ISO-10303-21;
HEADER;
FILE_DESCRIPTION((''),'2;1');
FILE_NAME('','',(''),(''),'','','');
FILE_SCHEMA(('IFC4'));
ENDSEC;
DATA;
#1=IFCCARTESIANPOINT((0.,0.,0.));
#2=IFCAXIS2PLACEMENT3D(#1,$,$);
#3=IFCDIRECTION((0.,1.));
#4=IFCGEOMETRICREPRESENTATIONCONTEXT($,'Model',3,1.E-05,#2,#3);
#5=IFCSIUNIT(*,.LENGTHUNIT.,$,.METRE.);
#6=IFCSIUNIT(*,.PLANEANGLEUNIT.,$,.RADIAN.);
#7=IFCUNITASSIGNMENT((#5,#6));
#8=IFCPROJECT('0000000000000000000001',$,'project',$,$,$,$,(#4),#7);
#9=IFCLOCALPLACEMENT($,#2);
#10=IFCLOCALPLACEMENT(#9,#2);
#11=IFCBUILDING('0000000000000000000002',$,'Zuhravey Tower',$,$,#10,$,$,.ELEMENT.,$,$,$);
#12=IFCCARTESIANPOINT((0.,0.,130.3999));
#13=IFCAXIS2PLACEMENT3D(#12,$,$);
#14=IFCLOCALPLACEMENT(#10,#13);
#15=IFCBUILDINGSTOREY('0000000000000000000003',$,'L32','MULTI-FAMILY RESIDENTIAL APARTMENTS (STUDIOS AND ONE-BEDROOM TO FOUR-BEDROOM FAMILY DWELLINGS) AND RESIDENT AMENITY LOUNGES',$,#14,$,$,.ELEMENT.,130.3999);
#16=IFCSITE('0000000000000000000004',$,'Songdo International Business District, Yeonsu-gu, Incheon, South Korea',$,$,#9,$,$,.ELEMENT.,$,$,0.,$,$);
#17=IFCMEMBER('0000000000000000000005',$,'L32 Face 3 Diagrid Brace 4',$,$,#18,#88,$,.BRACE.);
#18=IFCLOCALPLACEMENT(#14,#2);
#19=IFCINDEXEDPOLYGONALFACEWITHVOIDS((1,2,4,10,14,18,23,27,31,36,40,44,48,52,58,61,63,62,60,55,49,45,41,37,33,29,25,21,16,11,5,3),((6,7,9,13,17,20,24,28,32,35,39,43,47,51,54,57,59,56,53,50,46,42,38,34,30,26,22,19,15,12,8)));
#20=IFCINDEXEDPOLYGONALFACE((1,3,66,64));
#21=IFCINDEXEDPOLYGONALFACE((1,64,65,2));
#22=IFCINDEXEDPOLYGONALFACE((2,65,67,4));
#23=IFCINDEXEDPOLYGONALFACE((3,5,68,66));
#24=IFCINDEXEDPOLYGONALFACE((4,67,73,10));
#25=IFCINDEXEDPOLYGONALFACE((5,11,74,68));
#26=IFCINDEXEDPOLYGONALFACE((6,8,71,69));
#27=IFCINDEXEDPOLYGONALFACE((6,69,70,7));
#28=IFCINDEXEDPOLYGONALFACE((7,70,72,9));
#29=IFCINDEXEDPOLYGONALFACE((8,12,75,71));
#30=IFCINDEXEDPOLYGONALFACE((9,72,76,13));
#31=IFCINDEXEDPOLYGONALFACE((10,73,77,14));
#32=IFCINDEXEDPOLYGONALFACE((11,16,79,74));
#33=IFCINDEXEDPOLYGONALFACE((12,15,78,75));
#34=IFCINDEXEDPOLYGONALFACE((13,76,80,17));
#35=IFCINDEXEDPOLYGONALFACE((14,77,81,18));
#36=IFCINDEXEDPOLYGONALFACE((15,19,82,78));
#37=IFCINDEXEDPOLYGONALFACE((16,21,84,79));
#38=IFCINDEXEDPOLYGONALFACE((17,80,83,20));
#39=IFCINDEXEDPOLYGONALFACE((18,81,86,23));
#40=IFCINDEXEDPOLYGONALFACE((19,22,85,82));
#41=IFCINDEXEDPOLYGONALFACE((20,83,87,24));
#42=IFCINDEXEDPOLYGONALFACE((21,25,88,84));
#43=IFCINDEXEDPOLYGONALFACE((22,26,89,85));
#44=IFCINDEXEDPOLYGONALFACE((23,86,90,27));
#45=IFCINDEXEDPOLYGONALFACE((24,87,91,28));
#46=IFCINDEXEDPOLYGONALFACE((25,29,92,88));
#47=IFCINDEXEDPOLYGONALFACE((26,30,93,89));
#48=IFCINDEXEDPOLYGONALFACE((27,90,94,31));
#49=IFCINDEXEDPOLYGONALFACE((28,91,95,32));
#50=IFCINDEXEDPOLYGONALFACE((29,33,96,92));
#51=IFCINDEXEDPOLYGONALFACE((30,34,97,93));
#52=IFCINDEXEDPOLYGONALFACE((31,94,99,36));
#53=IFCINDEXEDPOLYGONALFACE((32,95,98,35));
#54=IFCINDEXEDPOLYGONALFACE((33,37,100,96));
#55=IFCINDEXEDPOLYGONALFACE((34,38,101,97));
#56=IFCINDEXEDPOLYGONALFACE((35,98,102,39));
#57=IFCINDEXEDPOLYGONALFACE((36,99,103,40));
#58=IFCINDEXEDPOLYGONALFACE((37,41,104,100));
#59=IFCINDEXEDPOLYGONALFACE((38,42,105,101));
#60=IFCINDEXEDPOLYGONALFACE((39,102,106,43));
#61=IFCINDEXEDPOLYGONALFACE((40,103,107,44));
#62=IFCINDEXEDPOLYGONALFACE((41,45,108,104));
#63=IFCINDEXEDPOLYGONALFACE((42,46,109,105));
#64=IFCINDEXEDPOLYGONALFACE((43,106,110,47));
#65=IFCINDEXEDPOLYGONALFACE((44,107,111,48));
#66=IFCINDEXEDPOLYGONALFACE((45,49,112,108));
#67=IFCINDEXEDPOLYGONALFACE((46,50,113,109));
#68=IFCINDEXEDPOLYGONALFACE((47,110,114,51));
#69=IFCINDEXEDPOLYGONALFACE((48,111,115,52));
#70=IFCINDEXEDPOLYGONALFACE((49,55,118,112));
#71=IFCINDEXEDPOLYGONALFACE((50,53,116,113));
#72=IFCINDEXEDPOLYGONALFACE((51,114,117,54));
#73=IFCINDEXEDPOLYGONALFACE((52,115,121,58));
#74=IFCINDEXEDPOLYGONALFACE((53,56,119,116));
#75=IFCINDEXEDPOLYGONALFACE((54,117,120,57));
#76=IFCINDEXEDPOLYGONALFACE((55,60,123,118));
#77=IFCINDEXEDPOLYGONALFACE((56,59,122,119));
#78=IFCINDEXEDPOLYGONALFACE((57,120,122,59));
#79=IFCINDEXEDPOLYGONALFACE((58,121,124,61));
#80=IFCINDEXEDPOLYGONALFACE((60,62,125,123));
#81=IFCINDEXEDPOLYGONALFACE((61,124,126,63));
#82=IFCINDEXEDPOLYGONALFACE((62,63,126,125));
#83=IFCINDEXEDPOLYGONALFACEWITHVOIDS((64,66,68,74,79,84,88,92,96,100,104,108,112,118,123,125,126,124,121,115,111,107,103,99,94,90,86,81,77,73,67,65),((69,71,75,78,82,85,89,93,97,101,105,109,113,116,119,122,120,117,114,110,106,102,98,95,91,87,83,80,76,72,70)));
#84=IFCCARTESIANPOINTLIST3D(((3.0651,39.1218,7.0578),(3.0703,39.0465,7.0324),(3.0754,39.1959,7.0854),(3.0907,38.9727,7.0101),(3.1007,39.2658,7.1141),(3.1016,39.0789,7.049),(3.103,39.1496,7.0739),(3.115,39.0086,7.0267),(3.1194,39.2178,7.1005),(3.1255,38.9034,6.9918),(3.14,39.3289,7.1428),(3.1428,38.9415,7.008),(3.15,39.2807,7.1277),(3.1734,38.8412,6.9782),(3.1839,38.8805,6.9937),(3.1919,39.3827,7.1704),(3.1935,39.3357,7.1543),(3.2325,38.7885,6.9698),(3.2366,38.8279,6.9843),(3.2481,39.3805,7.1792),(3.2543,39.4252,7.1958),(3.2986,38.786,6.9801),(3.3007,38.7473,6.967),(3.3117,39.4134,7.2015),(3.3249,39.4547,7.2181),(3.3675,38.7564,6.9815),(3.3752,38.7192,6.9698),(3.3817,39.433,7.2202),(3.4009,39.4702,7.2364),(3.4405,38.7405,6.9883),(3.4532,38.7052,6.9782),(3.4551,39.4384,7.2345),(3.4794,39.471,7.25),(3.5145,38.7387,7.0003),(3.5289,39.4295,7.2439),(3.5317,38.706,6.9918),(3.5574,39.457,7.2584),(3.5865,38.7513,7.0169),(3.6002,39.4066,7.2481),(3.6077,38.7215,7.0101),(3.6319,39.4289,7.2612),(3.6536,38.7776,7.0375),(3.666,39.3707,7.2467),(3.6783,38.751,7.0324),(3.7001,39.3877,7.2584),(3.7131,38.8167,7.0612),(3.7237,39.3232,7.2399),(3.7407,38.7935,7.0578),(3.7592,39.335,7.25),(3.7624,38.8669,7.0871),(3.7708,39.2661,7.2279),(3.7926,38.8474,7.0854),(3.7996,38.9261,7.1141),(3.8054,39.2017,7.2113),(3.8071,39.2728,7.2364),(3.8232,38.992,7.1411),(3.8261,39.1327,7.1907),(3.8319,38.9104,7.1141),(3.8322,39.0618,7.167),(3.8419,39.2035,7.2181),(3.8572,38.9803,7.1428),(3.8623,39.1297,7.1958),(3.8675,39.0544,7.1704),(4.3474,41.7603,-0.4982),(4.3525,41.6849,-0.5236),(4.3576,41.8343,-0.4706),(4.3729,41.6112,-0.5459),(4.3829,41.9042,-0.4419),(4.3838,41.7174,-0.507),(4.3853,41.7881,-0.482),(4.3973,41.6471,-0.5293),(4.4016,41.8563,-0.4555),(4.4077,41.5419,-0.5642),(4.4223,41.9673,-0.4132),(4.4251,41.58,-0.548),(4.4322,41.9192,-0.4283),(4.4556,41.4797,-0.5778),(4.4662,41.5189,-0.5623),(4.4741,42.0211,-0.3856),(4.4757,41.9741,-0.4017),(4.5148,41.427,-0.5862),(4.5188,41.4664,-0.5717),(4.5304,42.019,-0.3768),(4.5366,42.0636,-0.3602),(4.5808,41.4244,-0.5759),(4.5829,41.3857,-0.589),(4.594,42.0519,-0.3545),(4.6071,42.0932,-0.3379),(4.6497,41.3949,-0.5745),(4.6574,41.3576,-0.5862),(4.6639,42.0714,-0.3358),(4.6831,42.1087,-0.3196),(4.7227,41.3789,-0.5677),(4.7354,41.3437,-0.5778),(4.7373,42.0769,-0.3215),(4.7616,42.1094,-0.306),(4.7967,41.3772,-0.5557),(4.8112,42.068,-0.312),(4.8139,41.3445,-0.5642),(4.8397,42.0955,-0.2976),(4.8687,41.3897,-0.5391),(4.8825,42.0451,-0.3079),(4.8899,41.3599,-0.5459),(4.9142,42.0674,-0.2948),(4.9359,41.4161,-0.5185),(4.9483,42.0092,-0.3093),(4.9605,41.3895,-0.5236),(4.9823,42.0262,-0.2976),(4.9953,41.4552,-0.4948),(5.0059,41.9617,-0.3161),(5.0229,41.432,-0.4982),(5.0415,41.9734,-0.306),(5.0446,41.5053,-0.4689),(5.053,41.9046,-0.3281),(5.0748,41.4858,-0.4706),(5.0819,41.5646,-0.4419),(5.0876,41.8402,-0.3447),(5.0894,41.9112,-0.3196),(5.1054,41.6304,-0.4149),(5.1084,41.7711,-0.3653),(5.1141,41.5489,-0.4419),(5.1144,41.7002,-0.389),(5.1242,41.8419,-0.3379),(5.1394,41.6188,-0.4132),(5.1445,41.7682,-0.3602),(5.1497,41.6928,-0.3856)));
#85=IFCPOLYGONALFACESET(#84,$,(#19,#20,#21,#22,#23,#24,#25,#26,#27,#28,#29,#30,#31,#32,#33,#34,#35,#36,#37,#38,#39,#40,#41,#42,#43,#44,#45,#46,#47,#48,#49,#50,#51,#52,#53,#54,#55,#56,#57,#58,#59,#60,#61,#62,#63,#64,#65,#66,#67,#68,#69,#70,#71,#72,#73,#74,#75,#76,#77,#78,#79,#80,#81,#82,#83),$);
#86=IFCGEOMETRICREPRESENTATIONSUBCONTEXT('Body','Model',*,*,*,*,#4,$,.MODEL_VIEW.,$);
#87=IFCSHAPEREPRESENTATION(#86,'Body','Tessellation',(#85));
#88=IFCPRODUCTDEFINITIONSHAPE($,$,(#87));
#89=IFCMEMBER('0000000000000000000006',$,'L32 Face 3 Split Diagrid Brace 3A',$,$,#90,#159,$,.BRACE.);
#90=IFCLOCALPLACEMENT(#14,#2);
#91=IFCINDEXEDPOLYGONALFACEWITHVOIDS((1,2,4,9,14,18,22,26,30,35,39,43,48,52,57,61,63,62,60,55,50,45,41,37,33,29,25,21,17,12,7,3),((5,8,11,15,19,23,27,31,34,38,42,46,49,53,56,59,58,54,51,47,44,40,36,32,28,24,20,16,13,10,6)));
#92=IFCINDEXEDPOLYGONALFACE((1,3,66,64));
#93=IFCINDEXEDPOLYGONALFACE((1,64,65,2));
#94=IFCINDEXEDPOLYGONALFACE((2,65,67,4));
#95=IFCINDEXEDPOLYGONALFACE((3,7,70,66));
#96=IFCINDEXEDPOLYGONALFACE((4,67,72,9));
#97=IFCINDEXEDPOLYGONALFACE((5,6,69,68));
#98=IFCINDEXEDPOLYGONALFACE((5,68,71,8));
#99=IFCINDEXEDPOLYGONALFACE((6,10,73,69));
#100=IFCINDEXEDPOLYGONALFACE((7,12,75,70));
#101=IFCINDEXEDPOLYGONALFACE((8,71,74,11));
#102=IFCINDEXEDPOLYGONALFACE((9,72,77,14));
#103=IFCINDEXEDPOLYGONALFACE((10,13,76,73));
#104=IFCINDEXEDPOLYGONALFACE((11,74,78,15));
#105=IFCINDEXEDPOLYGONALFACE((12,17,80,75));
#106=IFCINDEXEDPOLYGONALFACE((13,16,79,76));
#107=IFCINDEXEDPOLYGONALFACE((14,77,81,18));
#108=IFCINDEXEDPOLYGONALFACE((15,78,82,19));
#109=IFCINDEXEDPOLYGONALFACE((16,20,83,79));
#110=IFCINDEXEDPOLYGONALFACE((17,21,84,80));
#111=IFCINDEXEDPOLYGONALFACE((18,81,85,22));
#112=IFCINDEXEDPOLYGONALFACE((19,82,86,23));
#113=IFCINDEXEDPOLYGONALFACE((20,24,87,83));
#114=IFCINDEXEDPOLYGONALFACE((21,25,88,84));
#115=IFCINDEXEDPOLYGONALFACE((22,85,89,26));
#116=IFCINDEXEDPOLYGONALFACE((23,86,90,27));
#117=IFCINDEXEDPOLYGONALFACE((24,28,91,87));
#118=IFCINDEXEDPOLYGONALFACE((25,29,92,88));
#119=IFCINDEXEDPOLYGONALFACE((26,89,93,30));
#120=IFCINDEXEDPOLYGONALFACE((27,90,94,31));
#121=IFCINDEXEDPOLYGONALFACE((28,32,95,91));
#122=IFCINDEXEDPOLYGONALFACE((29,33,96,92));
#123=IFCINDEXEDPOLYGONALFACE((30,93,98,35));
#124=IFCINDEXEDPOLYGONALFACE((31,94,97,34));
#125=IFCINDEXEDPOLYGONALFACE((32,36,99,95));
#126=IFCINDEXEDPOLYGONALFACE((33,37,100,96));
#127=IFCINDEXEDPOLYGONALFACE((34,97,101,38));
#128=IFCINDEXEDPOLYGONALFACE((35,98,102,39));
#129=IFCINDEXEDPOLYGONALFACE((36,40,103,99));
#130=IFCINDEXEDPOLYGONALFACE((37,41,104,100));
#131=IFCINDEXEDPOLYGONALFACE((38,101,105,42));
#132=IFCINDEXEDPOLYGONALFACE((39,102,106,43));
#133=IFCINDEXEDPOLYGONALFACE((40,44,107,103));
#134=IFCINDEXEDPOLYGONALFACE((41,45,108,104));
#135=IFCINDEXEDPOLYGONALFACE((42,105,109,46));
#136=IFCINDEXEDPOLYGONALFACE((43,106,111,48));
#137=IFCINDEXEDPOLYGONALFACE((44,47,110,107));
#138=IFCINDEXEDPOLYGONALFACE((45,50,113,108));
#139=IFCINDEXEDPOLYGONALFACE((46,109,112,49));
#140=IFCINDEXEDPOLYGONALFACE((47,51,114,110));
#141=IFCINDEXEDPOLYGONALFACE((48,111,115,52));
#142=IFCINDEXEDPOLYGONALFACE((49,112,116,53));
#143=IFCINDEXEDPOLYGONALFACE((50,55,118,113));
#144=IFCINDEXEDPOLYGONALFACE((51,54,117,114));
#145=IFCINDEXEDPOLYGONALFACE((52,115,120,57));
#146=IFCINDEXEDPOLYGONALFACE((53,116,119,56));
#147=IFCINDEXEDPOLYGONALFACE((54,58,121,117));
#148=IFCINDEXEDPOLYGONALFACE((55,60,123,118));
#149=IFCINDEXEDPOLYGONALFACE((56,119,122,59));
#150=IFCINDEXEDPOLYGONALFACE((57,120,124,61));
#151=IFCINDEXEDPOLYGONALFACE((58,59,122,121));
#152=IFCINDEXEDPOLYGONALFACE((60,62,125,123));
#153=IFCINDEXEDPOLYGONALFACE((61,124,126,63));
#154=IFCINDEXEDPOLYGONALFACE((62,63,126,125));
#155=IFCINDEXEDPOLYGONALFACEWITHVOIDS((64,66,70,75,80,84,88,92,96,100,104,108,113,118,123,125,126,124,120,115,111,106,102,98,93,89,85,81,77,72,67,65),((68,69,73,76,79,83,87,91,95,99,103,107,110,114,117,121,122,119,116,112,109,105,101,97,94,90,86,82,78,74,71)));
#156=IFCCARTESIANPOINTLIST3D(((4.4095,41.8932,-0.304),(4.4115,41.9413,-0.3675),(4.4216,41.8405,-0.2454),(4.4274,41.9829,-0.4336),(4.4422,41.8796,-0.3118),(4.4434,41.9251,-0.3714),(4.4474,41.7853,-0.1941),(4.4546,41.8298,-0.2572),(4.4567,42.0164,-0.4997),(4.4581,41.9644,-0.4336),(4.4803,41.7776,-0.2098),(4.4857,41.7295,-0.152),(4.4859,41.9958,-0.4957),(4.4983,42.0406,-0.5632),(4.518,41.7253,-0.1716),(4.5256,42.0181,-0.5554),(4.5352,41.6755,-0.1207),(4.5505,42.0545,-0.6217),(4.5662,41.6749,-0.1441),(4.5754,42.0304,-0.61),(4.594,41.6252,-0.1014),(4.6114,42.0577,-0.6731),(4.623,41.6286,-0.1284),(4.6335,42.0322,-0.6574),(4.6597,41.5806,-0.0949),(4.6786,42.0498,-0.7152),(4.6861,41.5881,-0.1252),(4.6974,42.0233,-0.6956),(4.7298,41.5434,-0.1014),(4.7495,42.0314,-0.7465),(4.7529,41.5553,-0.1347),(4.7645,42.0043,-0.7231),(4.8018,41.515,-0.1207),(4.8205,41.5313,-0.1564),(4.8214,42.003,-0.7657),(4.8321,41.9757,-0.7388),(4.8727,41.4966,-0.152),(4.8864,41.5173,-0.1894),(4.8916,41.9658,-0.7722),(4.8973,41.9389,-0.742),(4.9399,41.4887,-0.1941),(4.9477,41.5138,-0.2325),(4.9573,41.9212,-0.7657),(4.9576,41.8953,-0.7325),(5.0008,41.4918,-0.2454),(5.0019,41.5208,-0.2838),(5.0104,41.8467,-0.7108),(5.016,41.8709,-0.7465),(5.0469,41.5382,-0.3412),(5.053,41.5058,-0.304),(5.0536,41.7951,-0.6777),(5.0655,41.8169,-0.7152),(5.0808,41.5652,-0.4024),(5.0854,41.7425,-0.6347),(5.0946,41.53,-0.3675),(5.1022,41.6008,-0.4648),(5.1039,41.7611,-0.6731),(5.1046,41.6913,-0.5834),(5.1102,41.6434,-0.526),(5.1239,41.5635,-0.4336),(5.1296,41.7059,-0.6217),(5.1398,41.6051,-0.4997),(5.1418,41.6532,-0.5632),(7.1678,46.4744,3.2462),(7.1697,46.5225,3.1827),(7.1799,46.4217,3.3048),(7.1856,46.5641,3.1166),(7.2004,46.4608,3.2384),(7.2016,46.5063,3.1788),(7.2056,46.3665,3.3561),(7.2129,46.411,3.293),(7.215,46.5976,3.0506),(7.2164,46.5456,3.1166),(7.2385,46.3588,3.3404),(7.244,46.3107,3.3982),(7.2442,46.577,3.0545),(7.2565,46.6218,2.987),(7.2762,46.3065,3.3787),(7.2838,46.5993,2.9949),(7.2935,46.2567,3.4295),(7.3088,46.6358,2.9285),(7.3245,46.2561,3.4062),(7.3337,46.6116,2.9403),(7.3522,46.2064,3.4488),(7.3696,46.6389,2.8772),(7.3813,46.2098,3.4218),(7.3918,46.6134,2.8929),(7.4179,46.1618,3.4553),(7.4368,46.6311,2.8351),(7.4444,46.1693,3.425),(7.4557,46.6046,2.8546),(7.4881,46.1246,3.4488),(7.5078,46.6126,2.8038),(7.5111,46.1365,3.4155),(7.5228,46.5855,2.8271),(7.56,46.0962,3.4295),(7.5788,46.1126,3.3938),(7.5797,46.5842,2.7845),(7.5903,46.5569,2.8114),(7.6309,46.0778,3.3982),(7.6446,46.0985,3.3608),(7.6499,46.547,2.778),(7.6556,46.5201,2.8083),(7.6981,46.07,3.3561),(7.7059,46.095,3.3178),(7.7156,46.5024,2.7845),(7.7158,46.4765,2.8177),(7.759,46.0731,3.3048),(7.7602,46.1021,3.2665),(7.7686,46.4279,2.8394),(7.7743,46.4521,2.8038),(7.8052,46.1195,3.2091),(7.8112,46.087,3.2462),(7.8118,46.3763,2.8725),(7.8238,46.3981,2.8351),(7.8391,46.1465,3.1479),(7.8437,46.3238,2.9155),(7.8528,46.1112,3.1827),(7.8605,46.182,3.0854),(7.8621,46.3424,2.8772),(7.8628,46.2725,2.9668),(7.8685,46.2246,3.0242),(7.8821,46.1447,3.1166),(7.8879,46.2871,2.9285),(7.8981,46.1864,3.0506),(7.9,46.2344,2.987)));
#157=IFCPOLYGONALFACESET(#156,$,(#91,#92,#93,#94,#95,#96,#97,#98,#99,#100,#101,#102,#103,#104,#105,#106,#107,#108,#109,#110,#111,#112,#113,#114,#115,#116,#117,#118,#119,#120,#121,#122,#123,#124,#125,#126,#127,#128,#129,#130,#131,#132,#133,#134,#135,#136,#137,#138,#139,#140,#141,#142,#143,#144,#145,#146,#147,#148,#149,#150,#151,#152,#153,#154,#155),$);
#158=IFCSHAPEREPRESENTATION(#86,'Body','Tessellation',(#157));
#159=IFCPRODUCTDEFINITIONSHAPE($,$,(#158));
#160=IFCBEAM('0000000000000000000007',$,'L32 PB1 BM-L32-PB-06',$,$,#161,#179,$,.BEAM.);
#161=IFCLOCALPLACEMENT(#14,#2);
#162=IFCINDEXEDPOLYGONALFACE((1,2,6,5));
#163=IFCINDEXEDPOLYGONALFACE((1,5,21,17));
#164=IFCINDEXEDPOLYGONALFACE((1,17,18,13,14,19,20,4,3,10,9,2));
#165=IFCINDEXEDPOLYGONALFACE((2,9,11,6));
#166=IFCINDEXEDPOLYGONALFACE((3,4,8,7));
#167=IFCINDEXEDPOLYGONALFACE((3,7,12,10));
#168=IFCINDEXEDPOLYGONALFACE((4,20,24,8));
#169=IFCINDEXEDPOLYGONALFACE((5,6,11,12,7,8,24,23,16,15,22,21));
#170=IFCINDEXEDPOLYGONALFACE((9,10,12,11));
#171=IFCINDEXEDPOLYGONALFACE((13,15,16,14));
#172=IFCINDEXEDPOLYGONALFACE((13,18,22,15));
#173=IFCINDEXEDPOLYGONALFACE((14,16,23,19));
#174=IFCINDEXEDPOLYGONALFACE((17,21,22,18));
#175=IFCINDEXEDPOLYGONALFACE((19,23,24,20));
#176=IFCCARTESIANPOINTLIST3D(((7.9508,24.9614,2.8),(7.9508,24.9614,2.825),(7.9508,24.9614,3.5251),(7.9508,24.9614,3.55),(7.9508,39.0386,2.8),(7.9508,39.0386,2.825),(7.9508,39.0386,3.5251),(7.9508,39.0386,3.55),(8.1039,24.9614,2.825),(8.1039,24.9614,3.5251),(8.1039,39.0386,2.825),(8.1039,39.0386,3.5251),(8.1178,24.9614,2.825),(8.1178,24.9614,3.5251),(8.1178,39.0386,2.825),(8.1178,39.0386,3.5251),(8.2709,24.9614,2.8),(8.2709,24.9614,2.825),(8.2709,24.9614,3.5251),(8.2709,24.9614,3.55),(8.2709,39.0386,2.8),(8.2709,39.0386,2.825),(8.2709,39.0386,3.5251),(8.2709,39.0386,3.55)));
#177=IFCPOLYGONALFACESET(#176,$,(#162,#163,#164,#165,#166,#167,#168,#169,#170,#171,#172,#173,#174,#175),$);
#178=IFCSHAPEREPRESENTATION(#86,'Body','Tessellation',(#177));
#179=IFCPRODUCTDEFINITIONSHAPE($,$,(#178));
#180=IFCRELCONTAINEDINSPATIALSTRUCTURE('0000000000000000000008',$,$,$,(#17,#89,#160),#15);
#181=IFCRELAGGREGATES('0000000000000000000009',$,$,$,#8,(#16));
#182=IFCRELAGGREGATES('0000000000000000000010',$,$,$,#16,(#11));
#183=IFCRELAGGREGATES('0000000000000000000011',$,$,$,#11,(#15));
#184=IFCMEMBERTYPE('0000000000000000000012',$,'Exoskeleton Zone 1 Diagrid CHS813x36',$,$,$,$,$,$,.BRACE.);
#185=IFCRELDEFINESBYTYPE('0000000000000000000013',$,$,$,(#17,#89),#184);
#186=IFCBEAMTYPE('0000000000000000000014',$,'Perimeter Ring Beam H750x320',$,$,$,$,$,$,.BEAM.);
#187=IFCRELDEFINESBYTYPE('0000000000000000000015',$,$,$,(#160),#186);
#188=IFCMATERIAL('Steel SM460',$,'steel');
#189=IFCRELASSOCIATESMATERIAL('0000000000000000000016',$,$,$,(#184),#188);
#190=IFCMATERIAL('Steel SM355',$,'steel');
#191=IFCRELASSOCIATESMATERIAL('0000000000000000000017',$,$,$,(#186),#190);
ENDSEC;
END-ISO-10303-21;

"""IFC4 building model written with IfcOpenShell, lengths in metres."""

from ifc_helpers import new_model, si_unit, direction, frame, origin, origin_2d, place, context, subcontext, project, spatial, hollow_circle, i_section, extrude, material, material_profile, profile_set, type_object, element, save


model = new_model("IFC4")

# Units and contexts
model_context = context("Model", 3, precision=1e-05, world=origin(), true_north=direction((0.0, 1.0)))
body_context = subcontext(model_context, "Body", "Model", "MODEL_VIEW")
ifc_project = project(units=[si_unit("LENGTHUNIT", "METRE"), si_unit("PLANEANGLEUNIT", "RADIAN")], contexts=[model_context])

# Site, building, storey
site_placement = place(None, origin())
site = spatial("IfcSite", under=ifc_project, at=site_placement, Name="Songdo International Business District, Yeonsu-gu, Incheon, South Korea", CompositionType="ELEMENT", RefElevation=0.0)
building_placement = place(site_placement, origin())
building = spatial("IfcBuilding", under=site, at=building_placement, Name="Zuhravey Tower", CompositionType="ELEMENT")
storey_placement = place(building_placement, frame((0.0, 0.0, 130.3999)))
storey = spatial("IfcBuildingStorey", under=building, at=storey_placement, Name="L32", Description="MULTI-FAMILY RESIDENTIAL APARTMENTS (STUDIOS AND ONE-BEDROOM TO FOUR-BEDROOM FAMILY DWELLINGS) AND RESIDENT AMENITY LOUNGES", CompositionType="ELEMENT", Elevation=130.3999)

# Members
ifc_material_1 = material(Name="Steel SM460", Category="steel")
ifc_material_profile_1 = material_profile(ifc_material_1, hollow_circle(Radius=0.4065, WallThickness=0.0359, at=origin_2d()), Name="CHS-812.8x36")
ifc_profile_set_1 = profile_set([ifc_material_profile_1], Name="Steel SM460")
member_type_1 = type_object("IfcMemberType", Name="Exoskeleton Zone 1 Diagrid CHS813x36", PredefinedType="BRACE", material=ifc_profile_set_1)
member_1_placement = place(storey_placement, frame((4.7485, 41.7266, -0.4419), z_axis=(-0.158195, -0.325516, 0.932209), x_axis=(0.899414, -0.437098, 0.0)))
element("IfcMember", 1, at=member_1_placement, inside=storey, type_object=member_type_1, Name="L32 Face 3 Diagrid Brace 4", PredefinedType="BRACE", context=body_context, shape_type="SweptSolid", body=[
    extrude(hollow_circle(Radius=0.4065, WallThickness=0.0359, at=origin_2d()), origin(), (0.0, 0.0, 1.0), 8.1055),
])
member_2_placement = place(storey_placement, frame((4.7756, 41.7732, -0.4336), z_axis=(0.429722, 0.71373, 0.553108), x_axis=(-0.856706, 0.515804, 0.0)))
element("IfcMember", 2, at=member_2_placement, inside=storey, type_object=member_type_1, Name="L32 Face 3 Split Diagrid Brace 3A", PredefinedType="BRACE", context=body_context, shape_type="SweptSolid", body=[
    extrude(hollow_circle(Radius=0.4065, WallThickness=0.0359, at=origin_2d()), origin(), (0.0, 0.0, 1.0), 6.4187),
])

# Beam
ifc_material_2 = material(Name="Steel SM355", Category="steel")
ifc_material_profile_2 = material_profile(ifc_material_2, i_section(OverallWidth=0.3201, OverallDepth=0.75, WebThickness=0.0139, FlangeThickness=0.0249, at=origin_2d()), Name="H-750x320x14x25")
ifc_profile_set_2 = profile_set([ifc_material_profile_2], Name="Steel SM355")
beam_type_1 = type_object("IfcBeamType", Name="Perimeter Ring Beam H750x320", PredefinedType="BEAM", material=ifc_profile_set_2)
beam_1_placement = place(storey_placement, frame((8.1108, 39.0386, 3.175), z_axis=(0.0, -1.0, 0.0), x_axis=(1.0, 0.0, 0.0)))
element("IfcBeam", 3, at=beam_1_placement, inside=storey, type_object=beam_type_1, Name="L32 PB1 BM-L32-PB-06", PredefinedType="BEAM", context=body_context, shape_type="SweptSolid", body=[
    extrude(i_section(OverallWidth=0.3201, OverallDepth=0.75, WebThickness=0.0139, FlangeThickness=0.0249, at=origin_2d()), origin(), (0.0, 0.0, 1.0), 14.0771),
])

save(model, "model.ifc")
